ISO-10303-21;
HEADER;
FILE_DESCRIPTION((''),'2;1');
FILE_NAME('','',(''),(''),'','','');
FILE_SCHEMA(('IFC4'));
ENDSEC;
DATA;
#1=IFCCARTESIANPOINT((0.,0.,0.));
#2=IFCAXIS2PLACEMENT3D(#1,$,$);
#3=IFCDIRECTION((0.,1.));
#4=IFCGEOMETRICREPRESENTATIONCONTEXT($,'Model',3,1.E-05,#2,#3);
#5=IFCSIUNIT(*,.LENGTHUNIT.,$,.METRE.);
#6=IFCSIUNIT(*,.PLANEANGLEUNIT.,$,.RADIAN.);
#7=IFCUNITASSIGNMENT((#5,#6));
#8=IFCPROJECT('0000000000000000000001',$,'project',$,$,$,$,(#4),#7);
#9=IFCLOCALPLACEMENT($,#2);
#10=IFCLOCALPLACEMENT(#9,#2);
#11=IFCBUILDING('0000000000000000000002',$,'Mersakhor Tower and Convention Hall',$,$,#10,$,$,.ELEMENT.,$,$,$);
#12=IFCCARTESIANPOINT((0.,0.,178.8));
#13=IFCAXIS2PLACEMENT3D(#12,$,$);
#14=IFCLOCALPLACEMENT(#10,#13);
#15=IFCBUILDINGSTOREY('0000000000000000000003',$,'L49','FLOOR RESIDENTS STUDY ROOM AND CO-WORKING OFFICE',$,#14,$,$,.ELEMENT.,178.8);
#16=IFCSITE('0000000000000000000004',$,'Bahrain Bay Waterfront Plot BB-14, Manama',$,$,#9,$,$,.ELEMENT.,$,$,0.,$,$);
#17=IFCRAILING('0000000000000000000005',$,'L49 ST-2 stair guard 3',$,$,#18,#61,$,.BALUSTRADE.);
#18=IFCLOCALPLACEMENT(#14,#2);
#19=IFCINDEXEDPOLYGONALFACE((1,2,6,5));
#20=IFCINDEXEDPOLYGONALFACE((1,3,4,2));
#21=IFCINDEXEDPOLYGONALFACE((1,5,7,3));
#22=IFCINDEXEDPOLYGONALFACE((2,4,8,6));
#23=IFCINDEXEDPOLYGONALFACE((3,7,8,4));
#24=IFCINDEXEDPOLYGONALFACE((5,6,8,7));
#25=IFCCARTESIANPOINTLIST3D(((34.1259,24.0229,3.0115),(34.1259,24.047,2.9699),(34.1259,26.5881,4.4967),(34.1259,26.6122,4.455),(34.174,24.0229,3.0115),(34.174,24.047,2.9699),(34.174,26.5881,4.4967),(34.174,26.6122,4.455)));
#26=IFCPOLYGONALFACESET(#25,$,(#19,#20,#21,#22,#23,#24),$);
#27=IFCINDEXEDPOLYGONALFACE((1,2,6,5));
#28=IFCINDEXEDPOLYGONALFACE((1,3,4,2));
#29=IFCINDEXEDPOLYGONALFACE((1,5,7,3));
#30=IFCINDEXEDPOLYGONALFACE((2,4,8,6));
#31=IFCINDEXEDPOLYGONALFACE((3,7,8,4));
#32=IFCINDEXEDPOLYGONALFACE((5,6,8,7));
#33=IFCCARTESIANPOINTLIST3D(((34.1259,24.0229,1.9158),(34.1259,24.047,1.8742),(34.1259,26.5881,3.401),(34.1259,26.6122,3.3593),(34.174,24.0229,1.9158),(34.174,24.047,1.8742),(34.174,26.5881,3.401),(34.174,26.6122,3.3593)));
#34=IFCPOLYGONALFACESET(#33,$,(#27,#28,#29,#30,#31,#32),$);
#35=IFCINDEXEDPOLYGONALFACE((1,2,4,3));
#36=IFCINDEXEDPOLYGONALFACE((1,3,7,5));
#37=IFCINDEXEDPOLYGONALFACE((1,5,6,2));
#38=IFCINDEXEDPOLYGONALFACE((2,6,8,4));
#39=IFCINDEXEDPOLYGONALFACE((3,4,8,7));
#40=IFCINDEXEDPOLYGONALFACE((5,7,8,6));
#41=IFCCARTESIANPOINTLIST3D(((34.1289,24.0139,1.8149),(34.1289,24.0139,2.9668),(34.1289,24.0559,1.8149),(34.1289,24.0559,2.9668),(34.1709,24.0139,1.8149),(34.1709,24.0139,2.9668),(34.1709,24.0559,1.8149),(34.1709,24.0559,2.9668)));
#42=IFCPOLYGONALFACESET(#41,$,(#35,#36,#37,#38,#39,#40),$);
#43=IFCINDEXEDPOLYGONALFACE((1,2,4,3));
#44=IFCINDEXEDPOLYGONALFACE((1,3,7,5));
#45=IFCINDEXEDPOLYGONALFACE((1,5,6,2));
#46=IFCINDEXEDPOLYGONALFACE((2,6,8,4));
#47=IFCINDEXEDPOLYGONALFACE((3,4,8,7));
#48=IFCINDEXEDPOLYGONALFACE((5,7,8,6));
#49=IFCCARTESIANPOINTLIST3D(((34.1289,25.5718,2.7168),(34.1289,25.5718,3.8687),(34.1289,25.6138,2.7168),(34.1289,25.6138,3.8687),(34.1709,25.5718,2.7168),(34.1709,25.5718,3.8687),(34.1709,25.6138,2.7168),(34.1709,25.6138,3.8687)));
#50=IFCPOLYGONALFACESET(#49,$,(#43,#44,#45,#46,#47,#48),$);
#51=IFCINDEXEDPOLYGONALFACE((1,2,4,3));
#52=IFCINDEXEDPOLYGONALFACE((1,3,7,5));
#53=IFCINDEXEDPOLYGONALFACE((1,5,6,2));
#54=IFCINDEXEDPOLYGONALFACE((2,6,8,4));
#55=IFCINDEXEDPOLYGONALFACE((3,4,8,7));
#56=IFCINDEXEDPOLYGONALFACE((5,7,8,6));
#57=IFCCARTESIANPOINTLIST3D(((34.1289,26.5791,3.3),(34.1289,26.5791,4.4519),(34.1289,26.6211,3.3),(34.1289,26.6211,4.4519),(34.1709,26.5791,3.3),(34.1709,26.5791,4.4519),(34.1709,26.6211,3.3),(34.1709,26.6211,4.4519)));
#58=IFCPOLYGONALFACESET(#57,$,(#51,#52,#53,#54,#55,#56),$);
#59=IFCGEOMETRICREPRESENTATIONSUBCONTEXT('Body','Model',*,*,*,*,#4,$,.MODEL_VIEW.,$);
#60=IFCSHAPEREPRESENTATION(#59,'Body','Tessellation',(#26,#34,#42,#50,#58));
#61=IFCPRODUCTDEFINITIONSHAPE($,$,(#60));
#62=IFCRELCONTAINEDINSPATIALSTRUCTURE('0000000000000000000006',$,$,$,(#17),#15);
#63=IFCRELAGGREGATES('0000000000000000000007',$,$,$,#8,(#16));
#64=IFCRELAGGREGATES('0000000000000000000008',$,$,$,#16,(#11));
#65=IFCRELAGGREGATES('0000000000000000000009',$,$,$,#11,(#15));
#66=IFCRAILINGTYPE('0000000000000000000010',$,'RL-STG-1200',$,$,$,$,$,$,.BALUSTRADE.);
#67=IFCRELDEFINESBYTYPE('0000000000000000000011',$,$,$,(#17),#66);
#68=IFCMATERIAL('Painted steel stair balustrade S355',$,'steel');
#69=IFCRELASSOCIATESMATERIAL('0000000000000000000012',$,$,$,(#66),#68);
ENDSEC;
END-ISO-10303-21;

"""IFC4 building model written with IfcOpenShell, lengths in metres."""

from ifc_helpers import new_model, si_unit, direction, frame, origin, origin_2d, place, context, subcontext, project, spatial, rectangle, extrude, material, type_object, element, save


model = new_model("IFC4")

# Units and contexts
model_context = context("Model", 3, precision=1e-05, world=origin(), true_north=direction((0.0, 1.0)))
body_context = subcontext(model_context, "Body", "Model", "MODEL_VIEW")
ifc_project = project(units=[si_unit("LENGTHUNIT", "METRE"), si_unit("PLANEANGLEUNIT", "RADIAN")], contexts=[model_context])

# Site, building, storey
site_placement = place(None, origin())
site = spatial("IfcSite", under=ifc_project, at=site_placement, Name="Bahrain Bay Waterfront Plot BB-14, Manama", CompositionType="ELEMENT", RefElevation=0.0)
building_placement = place(site_placement, origin())
building = spatial("IfcBuilding", under=site, at=building_placement, Name="Mersakhor Tower and Convention Hall", CompositionType="ELEMENT")
storey_placement = place(building_placement, frame((0.0, 0.0, 178.8)))
storey = spatial("IfcBuildingStorey", under=building, at=storey_placement, Name="L49", Description="FLOOR RESIDENTS STUDY ROOM AND CO-WORKING OFFICE", CompositionType="ELEMENT", Elevation=178.8)

# Railing
ifc_material_1 = material(Name="Painted steel stair balustrade S355", Category="steel")
railing_type_1 = type_object("IfcRailingType", Name="RL-STG-1200", PredefinedType="BALUSTRADE", material=ifc_material_1)
railing_1_placement = place(storey_placement, frame((34.1499, 24.0349, 1.8149)))
element("IfcRailing", 1, at=railing_1_placement, inside=storey, type_object=railing_type_1, Name="L49 ST-2 stair guard 3", PredefinedType="BALUSTRADE", context=body_context, shape_type="SweptSolid", body=[
    extrude(rectangle(XDim=0.0481, YDim=0.0481, at=origin_2d()), frame((0.0, 0.0, 1.1758), z_axis=(0.0, 0.865426, 0.501036), x_axis=(-1.0, 0.0, 0.0)), (0.0, 0.0, 1.0), 2.9641),
    extrude(rectangle(XDim=0.0481, YDim=0.0481, at=origin_2d()), frame((0.0, 0.0, 0.0801), z_axis=(0.0, 0.865426, 0.501036), x_axis=(-1.0, 0.0, 0.0)), (0.0, 0.0, 1.0), 2.9641),
    extrude(rectangle(XDim=0.042, YDim=0.042, at=origin_2d()), origin(), (0.0, 0.0, 1.0), 1.1519),
    extrude(rectangle(XDim=0.042, YDim=0.042, at=origin_2d()), frame((0.0, 1.5579, 0.9019)), (0.0, 0.0, 1.0), 1.1519),
    extrude(rectangle(XDim=0.042, YDim=0.042, at=origin_2d()), frame((0.0, 2.5652, 1.4851)), (0.0, 0.0, 1.0), 1.1519),
])

save(model, "model.ifc")
